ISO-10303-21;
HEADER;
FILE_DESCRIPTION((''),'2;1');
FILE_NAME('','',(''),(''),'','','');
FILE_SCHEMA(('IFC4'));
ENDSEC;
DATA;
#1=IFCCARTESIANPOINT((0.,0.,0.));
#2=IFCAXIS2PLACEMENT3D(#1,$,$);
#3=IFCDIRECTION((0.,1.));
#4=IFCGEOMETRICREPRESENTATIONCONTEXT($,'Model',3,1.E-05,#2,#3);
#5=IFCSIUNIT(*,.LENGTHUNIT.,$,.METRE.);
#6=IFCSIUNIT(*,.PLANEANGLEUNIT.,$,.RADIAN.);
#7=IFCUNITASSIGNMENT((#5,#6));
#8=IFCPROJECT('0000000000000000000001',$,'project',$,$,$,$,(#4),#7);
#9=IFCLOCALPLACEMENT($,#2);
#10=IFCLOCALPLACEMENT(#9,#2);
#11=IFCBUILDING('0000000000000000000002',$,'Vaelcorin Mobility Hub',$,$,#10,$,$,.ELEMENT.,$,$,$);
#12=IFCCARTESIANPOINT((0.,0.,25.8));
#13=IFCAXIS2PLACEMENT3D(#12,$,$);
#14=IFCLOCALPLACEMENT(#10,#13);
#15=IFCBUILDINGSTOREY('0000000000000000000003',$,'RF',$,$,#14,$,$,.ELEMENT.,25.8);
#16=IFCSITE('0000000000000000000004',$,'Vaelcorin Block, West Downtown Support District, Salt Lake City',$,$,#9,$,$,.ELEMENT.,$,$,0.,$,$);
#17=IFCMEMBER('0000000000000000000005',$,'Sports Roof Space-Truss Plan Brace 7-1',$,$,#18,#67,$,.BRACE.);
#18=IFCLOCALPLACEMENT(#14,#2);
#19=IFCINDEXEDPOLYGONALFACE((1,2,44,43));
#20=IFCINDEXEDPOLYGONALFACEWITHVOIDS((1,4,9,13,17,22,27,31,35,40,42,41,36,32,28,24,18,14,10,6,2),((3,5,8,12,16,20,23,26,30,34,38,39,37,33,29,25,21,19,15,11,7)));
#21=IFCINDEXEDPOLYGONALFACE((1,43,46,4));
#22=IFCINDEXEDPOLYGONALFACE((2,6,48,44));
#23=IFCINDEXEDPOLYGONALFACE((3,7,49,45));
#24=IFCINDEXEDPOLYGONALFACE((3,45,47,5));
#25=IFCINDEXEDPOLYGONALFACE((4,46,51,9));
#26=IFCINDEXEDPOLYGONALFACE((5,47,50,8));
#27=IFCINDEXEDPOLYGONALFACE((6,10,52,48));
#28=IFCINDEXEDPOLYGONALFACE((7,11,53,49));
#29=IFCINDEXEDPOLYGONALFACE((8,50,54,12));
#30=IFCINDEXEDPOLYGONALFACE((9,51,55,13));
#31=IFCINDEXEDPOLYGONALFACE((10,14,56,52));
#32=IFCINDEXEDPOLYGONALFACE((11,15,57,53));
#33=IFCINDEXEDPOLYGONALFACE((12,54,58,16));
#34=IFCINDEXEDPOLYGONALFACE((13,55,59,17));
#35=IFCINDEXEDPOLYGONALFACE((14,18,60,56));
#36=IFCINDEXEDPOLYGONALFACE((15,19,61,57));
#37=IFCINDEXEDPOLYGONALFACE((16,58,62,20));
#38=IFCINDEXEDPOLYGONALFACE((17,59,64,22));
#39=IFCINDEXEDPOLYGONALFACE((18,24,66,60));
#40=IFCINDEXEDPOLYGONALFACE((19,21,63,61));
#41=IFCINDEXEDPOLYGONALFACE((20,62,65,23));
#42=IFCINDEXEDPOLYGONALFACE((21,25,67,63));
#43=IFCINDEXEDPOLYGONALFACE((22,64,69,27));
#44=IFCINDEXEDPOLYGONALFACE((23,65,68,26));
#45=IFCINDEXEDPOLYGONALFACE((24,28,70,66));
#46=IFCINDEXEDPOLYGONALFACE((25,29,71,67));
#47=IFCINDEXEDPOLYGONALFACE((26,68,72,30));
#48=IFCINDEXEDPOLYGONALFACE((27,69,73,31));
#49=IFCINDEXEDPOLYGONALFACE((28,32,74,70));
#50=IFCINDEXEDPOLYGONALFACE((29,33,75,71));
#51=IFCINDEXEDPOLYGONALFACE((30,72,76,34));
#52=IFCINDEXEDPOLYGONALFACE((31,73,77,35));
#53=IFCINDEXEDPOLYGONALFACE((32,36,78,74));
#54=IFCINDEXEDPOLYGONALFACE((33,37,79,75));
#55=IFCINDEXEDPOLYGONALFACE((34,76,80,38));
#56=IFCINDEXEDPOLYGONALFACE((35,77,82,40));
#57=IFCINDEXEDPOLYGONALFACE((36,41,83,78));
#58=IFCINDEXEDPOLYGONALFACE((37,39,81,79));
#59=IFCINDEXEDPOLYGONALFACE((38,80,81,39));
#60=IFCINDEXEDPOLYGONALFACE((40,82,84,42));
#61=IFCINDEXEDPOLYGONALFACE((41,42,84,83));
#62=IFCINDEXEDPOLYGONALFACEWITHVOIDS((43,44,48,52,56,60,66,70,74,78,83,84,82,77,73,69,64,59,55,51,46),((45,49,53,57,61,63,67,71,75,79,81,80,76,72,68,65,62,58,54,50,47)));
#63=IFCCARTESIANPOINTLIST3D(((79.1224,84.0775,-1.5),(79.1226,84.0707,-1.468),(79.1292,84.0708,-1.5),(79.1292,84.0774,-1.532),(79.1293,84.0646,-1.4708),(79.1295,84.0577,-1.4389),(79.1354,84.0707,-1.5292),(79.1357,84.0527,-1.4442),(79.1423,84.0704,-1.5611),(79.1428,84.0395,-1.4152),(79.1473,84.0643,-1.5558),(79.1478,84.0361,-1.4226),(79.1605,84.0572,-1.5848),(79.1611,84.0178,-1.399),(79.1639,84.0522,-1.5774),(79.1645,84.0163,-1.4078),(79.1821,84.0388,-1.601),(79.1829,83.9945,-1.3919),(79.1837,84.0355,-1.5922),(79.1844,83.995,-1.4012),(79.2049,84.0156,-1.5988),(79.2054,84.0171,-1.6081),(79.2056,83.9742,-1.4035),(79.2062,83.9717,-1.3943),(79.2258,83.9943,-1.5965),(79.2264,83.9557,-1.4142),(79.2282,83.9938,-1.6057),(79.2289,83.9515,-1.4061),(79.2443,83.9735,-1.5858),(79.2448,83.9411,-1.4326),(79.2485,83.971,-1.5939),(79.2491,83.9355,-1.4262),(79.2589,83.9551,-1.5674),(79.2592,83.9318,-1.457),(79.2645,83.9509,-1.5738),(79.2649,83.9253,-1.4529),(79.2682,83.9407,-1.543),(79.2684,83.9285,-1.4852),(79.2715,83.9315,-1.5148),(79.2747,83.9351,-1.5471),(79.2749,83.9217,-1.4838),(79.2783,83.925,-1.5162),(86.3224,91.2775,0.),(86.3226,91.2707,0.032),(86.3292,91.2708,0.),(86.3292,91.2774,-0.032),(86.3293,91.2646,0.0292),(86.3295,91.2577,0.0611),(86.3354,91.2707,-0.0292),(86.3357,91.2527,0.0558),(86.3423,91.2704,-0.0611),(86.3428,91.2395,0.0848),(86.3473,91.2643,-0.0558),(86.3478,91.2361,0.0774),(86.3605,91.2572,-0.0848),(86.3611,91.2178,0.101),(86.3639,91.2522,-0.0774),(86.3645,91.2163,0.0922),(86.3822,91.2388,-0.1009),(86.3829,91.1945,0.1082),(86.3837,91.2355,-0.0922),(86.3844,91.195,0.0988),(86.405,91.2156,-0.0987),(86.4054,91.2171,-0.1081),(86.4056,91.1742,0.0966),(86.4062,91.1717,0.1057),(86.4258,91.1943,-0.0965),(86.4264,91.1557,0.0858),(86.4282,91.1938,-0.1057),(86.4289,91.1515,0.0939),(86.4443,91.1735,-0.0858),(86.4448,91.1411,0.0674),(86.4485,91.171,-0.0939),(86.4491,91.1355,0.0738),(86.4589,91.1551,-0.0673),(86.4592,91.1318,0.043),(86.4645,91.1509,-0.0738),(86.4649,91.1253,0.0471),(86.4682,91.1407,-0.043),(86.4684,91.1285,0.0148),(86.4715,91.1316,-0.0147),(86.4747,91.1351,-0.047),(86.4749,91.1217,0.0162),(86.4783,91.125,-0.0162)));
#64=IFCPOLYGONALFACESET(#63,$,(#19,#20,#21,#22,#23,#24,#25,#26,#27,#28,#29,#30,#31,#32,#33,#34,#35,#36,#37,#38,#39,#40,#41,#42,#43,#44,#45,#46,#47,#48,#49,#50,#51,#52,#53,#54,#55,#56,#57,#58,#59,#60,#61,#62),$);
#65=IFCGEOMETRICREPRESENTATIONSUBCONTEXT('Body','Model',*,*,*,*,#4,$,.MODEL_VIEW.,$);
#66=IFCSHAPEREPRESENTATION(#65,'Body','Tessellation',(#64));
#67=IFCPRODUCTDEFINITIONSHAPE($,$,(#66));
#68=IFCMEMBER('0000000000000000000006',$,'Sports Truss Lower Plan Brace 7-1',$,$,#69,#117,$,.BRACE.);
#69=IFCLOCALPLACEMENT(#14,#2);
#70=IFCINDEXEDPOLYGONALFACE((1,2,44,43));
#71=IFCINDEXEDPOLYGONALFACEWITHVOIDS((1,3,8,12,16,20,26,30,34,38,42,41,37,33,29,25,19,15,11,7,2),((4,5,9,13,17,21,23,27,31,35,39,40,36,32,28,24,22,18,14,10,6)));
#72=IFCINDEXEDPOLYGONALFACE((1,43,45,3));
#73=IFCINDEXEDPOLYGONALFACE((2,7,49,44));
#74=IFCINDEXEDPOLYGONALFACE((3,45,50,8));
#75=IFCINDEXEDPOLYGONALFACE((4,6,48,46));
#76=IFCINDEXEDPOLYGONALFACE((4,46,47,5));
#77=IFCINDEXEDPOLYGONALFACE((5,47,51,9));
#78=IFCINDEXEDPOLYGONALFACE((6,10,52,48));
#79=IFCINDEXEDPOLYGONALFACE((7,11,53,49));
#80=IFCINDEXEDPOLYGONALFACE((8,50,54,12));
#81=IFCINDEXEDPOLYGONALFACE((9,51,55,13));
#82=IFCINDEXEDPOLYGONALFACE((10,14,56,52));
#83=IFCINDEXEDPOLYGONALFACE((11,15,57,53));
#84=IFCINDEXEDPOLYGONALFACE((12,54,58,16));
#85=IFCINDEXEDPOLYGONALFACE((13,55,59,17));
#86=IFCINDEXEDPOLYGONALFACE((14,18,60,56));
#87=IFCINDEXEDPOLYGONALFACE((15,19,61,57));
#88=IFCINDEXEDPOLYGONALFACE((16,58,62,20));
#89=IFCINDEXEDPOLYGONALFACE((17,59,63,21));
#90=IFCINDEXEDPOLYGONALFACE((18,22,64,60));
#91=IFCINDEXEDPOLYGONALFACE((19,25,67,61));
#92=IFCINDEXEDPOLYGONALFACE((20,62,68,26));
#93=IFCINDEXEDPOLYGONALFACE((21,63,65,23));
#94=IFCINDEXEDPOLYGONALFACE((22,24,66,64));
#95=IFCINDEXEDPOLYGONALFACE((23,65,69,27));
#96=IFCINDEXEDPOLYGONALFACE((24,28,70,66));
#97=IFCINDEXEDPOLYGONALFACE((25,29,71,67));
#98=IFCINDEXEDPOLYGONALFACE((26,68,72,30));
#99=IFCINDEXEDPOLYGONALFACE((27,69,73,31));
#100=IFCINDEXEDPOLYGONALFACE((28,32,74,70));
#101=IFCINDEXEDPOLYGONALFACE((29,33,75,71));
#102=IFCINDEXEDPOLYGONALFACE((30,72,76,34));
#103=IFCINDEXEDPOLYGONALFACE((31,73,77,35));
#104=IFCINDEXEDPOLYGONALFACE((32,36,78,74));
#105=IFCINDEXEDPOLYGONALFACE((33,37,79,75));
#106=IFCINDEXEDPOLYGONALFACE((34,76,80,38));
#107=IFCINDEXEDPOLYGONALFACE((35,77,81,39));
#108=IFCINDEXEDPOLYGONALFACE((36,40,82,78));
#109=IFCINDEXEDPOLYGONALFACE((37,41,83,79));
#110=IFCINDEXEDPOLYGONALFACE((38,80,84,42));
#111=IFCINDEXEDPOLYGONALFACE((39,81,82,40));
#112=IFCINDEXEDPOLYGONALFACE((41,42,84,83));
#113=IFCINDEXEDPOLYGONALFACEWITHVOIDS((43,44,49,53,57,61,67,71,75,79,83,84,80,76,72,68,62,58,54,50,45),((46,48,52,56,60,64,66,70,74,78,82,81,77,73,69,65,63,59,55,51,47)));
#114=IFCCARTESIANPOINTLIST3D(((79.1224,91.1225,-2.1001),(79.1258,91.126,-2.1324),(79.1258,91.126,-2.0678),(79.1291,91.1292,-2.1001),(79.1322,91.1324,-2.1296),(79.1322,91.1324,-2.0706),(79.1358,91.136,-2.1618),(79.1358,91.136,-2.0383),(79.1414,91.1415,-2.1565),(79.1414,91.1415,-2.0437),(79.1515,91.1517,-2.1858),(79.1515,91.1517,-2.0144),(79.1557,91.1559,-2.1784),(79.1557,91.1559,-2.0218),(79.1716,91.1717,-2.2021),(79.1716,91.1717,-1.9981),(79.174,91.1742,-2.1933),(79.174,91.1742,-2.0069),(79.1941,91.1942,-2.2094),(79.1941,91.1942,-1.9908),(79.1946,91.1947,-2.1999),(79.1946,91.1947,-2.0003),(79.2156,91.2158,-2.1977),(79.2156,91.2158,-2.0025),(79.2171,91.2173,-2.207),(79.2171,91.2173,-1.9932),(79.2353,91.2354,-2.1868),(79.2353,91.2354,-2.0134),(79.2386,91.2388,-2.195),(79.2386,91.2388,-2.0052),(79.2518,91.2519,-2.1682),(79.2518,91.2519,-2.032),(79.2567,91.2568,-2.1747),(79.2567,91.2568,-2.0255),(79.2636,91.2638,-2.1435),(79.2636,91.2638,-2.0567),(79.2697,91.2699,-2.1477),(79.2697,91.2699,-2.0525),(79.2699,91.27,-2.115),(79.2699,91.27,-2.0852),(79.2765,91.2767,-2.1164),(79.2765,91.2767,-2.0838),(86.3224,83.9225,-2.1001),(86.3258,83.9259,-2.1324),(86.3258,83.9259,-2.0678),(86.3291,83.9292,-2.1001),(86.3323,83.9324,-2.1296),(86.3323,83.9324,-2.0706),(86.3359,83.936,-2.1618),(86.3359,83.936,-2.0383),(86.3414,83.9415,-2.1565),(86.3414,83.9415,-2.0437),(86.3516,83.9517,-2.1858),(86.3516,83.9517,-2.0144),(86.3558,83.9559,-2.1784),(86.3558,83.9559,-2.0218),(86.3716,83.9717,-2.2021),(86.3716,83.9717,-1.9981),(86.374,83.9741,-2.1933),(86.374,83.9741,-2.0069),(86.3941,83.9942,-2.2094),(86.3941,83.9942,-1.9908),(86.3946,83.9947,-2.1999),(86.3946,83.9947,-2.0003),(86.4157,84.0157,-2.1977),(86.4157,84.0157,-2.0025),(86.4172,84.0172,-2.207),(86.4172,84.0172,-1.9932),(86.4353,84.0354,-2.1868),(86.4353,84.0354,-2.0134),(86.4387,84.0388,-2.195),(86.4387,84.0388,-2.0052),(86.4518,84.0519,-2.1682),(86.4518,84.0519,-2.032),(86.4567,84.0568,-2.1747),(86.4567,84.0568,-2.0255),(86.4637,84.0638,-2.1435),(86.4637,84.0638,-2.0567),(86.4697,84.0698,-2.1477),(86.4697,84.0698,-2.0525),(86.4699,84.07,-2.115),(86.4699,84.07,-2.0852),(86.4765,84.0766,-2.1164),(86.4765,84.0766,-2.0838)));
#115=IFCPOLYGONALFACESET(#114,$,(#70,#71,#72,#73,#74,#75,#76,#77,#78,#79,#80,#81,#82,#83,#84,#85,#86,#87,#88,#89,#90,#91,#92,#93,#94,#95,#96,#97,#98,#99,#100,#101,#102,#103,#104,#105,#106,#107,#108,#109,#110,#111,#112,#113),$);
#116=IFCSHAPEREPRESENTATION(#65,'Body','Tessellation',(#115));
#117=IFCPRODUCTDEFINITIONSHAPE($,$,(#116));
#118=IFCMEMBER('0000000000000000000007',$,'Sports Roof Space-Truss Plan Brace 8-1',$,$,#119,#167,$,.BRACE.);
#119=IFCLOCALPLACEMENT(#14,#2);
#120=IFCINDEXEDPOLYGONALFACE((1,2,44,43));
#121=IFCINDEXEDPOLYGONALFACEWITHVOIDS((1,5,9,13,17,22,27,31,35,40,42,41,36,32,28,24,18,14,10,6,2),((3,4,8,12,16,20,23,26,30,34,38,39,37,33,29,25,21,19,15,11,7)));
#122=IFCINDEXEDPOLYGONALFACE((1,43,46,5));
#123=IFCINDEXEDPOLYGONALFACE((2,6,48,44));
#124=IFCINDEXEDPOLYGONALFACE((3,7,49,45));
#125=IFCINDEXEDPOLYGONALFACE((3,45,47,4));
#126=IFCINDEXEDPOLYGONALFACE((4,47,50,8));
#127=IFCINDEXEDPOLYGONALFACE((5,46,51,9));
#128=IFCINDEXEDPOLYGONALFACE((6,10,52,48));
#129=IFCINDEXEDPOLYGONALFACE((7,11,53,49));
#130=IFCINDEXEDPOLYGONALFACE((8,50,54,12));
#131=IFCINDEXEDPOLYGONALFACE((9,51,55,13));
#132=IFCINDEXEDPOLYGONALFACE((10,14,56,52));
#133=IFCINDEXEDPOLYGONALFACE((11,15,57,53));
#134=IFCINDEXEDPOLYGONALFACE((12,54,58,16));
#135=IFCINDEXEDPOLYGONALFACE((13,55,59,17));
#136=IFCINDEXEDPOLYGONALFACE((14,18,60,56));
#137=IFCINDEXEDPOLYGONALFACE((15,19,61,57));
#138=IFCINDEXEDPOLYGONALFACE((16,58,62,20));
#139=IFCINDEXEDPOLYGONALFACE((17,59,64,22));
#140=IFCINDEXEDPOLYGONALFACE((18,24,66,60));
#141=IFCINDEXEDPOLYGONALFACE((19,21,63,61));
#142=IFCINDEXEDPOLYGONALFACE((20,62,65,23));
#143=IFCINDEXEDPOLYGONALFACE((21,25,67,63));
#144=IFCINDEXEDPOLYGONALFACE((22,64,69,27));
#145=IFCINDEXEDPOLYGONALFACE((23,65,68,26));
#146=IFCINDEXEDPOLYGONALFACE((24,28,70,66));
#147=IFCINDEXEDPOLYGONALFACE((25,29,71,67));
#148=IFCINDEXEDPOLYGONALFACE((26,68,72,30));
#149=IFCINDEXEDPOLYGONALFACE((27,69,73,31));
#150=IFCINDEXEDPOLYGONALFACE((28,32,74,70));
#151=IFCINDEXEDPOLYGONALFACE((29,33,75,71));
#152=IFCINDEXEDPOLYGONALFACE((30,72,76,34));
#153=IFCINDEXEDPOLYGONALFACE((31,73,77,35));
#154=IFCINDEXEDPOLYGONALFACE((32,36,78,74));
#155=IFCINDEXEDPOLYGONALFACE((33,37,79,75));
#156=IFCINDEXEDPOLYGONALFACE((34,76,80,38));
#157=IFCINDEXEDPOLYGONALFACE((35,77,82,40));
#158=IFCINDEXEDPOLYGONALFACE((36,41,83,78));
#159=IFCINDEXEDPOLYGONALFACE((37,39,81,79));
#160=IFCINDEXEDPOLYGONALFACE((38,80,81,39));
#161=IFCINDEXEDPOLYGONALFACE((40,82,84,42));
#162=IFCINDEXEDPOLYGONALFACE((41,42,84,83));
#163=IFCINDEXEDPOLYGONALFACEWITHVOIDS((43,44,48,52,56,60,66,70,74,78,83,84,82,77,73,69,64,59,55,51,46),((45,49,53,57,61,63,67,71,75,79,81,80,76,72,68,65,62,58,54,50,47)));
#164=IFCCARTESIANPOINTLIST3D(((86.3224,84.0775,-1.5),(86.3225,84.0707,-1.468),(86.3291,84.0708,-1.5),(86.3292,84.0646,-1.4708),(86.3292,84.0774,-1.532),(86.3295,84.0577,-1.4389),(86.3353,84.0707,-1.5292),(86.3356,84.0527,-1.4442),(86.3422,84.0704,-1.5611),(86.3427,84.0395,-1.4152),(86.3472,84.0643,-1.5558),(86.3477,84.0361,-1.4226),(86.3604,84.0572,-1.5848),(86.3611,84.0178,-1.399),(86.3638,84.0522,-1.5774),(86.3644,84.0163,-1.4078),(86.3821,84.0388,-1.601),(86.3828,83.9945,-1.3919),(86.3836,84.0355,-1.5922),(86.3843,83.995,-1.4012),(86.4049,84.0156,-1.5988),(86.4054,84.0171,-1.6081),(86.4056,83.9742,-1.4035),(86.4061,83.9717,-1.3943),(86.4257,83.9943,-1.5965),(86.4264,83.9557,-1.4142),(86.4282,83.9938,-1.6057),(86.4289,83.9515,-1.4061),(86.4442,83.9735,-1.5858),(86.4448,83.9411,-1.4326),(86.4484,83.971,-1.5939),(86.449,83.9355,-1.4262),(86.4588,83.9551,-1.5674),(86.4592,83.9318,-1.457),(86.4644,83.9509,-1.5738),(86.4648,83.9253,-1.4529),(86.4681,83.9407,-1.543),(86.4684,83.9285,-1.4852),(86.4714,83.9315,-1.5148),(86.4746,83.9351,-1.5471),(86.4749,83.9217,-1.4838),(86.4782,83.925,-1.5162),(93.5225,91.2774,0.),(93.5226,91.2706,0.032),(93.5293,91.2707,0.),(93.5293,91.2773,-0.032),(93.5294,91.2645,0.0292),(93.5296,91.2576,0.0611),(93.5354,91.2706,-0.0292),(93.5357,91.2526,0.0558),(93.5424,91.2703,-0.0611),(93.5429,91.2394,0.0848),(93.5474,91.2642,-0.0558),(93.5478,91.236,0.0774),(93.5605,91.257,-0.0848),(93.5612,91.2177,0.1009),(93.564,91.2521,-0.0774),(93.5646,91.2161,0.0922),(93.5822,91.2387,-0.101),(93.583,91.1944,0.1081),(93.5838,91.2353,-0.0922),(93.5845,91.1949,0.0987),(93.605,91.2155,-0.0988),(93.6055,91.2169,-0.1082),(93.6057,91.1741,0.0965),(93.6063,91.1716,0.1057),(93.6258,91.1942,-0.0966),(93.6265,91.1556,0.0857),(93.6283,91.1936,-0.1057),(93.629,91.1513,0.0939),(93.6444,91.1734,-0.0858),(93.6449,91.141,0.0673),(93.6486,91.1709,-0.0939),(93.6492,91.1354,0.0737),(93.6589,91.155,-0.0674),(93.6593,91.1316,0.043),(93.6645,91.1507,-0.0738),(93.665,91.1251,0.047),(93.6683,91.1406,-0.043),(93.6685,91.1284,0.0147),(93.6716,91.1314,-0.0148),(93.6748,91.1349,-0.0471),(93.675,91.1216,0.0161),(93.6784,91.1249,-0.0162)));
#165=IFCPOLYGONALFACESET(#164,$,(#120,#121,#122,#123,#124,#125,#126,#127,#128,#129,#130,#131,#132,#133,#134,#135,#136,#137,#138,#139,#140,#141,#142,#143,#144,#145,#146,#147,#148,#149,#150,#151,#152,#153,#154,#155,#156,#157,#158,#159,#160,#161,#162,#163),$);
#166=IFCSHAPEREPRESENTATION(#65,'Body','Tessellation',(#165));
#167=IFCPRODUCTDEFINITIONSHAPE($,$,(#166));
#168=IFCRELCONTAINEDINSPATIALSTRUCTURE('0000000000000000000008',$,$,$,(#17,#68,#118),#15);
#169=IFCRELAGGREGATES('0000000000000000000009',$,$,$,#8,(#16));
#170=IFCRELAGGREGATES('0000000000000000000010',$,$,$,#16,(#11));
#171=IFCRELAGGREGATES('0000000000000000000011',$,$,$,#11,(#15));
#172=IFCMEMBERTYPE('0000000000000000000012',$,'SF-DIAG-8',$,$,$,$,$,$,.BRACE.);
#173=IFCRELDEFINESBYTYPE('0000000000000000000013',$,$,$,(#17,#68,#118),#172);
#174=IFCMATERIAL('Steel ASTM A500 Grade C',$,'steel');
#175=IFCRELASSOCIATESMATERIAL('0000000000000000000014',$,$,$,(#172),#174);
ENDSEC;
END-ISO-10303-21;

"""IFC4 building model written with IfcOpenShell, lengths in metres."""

from ifc_helpers import new_model, si_unit, direction, frame, origin, origin_2d, place, context, subcontext, project, spatial, hollow_circle, extrude, material, material_profile, profile_set, type_object, element, save


model = new_model("IFC4")

# Units and contexts
model_context = context("Model", 3, precision=1e-05, world=origin(), true_north=direction((0.0, 1.0)))
body_context = subcontext(model_context, "Body", "Model", "MODEL_VIEW")
ifc_project = project(units=[si_unit("LENGTHUNIT", "METRE"), si_unit("PLANEANGLEUNIT", "RADIAN")], contexts=[model_context])

# Site, building, storey
site_placement = place(None, origin())
site = spatial("IfcSite", under=ifc_project, at=site_placement, Name="Vaelcorin Block, West Downtown Support District, Salt Lake City", CompositionType="ELEMENT", RefElevation=0.0)
building_placement = place(site_placement, origin())
building = spatial("IfcBuilding", under=site, at=building_placement, Name="Vaelcorin Mobility Hub", CompositionType="ELEMENT")
storey_placement = place(building_placement, frame((0.0, 0.0, 25.8)))
storey = spatial("IfcBuildingStorey", under=building, at=storey_placement, Name="RF", CompositionType="ELEMENT", Elevation=25.8)

# Members
ifc_material_1 = material(Name="Steel ASTM A500 Grade C", Category="steel")
ifc_material_profile_1 = material_profile(ifc_material_1, hollow_circle(Radius=0.1096, WallThickness=0.0095, at=origin_2d()), Name="HSS8.625X0.375")
ifc_profile_set_1 = profile_set([ifc_material_profile_1], Name="Steel ASTM A500 Grade C")
member_type_1 = type_object("IfcMemberType", Name="SF-DIAG-8", PredefinedType="BRACE", material=ifc_profile_set_1)
member_1_placement = place(storey_placement, frame((79.2, 84.0, -1.5), z_axis=(0.699557, 0.699557, 0.145742), x_axis=(-0.707107, 0.707107, 0.0)))
element("IfcMember", 1, at=member_1_placement, inside=storey, type_object=member_type_1, Name="Sports Roof Space-Truss Plan Brace 7-1", PredefinedType="BRACE", context=body_context, shape_type="SweptSolid", body=[
    extrude(hollow_circle(Radius=0.1096, WallThickness=0.0095, at=origin_2d()), origin(), (0.0, 0.0, 1.0), 10.2922),
])
member_2_placement = place(storey_placement, frame((86.3999, 84.0, -2.1001), z_axis=(-0.707107, 0.707107, 0.0), x_axis=(-0.707107, -0.707107, 0.0)))
element("IfcMember", 2, at=member_2_placement, inside=storey, type_object=member_type_1, Name="Sports Truss Lower Plan Brace 7-1", PredefinedType="BRACE", context=body_context, shape_type="SweptSolid", body=[
    extrude(hollow_circle(Radius=0.1096, WallThickness=0.0095, at=origin_2d()), origin(), (0.0, 0.0, 1.0), 10.1824),
])
member_3_placement = place(storey_placement, frame((86.3999, 84.0, -1.5), z_axis=(0.699569, 0.699545, 0.14574), x_axis=(-0.707095, 0.707119, 0.0)))
element("IfcMember", 3, at=member_3_placement, inside=storey, type_object=member_type_1, Name="Sports Roof Space-Truss Plan Brace 8-1", PredefinedType="BRACE", context=body_context, shape_type="SweptSolid", body=[
    extrude(hollow_circle(Radius=0.1096, WallThickness=0.0095, at=origin_2d()), origin(), (0.0, 0.0, 1.0), 10.2922),
])

save(model, "model.ifc")
